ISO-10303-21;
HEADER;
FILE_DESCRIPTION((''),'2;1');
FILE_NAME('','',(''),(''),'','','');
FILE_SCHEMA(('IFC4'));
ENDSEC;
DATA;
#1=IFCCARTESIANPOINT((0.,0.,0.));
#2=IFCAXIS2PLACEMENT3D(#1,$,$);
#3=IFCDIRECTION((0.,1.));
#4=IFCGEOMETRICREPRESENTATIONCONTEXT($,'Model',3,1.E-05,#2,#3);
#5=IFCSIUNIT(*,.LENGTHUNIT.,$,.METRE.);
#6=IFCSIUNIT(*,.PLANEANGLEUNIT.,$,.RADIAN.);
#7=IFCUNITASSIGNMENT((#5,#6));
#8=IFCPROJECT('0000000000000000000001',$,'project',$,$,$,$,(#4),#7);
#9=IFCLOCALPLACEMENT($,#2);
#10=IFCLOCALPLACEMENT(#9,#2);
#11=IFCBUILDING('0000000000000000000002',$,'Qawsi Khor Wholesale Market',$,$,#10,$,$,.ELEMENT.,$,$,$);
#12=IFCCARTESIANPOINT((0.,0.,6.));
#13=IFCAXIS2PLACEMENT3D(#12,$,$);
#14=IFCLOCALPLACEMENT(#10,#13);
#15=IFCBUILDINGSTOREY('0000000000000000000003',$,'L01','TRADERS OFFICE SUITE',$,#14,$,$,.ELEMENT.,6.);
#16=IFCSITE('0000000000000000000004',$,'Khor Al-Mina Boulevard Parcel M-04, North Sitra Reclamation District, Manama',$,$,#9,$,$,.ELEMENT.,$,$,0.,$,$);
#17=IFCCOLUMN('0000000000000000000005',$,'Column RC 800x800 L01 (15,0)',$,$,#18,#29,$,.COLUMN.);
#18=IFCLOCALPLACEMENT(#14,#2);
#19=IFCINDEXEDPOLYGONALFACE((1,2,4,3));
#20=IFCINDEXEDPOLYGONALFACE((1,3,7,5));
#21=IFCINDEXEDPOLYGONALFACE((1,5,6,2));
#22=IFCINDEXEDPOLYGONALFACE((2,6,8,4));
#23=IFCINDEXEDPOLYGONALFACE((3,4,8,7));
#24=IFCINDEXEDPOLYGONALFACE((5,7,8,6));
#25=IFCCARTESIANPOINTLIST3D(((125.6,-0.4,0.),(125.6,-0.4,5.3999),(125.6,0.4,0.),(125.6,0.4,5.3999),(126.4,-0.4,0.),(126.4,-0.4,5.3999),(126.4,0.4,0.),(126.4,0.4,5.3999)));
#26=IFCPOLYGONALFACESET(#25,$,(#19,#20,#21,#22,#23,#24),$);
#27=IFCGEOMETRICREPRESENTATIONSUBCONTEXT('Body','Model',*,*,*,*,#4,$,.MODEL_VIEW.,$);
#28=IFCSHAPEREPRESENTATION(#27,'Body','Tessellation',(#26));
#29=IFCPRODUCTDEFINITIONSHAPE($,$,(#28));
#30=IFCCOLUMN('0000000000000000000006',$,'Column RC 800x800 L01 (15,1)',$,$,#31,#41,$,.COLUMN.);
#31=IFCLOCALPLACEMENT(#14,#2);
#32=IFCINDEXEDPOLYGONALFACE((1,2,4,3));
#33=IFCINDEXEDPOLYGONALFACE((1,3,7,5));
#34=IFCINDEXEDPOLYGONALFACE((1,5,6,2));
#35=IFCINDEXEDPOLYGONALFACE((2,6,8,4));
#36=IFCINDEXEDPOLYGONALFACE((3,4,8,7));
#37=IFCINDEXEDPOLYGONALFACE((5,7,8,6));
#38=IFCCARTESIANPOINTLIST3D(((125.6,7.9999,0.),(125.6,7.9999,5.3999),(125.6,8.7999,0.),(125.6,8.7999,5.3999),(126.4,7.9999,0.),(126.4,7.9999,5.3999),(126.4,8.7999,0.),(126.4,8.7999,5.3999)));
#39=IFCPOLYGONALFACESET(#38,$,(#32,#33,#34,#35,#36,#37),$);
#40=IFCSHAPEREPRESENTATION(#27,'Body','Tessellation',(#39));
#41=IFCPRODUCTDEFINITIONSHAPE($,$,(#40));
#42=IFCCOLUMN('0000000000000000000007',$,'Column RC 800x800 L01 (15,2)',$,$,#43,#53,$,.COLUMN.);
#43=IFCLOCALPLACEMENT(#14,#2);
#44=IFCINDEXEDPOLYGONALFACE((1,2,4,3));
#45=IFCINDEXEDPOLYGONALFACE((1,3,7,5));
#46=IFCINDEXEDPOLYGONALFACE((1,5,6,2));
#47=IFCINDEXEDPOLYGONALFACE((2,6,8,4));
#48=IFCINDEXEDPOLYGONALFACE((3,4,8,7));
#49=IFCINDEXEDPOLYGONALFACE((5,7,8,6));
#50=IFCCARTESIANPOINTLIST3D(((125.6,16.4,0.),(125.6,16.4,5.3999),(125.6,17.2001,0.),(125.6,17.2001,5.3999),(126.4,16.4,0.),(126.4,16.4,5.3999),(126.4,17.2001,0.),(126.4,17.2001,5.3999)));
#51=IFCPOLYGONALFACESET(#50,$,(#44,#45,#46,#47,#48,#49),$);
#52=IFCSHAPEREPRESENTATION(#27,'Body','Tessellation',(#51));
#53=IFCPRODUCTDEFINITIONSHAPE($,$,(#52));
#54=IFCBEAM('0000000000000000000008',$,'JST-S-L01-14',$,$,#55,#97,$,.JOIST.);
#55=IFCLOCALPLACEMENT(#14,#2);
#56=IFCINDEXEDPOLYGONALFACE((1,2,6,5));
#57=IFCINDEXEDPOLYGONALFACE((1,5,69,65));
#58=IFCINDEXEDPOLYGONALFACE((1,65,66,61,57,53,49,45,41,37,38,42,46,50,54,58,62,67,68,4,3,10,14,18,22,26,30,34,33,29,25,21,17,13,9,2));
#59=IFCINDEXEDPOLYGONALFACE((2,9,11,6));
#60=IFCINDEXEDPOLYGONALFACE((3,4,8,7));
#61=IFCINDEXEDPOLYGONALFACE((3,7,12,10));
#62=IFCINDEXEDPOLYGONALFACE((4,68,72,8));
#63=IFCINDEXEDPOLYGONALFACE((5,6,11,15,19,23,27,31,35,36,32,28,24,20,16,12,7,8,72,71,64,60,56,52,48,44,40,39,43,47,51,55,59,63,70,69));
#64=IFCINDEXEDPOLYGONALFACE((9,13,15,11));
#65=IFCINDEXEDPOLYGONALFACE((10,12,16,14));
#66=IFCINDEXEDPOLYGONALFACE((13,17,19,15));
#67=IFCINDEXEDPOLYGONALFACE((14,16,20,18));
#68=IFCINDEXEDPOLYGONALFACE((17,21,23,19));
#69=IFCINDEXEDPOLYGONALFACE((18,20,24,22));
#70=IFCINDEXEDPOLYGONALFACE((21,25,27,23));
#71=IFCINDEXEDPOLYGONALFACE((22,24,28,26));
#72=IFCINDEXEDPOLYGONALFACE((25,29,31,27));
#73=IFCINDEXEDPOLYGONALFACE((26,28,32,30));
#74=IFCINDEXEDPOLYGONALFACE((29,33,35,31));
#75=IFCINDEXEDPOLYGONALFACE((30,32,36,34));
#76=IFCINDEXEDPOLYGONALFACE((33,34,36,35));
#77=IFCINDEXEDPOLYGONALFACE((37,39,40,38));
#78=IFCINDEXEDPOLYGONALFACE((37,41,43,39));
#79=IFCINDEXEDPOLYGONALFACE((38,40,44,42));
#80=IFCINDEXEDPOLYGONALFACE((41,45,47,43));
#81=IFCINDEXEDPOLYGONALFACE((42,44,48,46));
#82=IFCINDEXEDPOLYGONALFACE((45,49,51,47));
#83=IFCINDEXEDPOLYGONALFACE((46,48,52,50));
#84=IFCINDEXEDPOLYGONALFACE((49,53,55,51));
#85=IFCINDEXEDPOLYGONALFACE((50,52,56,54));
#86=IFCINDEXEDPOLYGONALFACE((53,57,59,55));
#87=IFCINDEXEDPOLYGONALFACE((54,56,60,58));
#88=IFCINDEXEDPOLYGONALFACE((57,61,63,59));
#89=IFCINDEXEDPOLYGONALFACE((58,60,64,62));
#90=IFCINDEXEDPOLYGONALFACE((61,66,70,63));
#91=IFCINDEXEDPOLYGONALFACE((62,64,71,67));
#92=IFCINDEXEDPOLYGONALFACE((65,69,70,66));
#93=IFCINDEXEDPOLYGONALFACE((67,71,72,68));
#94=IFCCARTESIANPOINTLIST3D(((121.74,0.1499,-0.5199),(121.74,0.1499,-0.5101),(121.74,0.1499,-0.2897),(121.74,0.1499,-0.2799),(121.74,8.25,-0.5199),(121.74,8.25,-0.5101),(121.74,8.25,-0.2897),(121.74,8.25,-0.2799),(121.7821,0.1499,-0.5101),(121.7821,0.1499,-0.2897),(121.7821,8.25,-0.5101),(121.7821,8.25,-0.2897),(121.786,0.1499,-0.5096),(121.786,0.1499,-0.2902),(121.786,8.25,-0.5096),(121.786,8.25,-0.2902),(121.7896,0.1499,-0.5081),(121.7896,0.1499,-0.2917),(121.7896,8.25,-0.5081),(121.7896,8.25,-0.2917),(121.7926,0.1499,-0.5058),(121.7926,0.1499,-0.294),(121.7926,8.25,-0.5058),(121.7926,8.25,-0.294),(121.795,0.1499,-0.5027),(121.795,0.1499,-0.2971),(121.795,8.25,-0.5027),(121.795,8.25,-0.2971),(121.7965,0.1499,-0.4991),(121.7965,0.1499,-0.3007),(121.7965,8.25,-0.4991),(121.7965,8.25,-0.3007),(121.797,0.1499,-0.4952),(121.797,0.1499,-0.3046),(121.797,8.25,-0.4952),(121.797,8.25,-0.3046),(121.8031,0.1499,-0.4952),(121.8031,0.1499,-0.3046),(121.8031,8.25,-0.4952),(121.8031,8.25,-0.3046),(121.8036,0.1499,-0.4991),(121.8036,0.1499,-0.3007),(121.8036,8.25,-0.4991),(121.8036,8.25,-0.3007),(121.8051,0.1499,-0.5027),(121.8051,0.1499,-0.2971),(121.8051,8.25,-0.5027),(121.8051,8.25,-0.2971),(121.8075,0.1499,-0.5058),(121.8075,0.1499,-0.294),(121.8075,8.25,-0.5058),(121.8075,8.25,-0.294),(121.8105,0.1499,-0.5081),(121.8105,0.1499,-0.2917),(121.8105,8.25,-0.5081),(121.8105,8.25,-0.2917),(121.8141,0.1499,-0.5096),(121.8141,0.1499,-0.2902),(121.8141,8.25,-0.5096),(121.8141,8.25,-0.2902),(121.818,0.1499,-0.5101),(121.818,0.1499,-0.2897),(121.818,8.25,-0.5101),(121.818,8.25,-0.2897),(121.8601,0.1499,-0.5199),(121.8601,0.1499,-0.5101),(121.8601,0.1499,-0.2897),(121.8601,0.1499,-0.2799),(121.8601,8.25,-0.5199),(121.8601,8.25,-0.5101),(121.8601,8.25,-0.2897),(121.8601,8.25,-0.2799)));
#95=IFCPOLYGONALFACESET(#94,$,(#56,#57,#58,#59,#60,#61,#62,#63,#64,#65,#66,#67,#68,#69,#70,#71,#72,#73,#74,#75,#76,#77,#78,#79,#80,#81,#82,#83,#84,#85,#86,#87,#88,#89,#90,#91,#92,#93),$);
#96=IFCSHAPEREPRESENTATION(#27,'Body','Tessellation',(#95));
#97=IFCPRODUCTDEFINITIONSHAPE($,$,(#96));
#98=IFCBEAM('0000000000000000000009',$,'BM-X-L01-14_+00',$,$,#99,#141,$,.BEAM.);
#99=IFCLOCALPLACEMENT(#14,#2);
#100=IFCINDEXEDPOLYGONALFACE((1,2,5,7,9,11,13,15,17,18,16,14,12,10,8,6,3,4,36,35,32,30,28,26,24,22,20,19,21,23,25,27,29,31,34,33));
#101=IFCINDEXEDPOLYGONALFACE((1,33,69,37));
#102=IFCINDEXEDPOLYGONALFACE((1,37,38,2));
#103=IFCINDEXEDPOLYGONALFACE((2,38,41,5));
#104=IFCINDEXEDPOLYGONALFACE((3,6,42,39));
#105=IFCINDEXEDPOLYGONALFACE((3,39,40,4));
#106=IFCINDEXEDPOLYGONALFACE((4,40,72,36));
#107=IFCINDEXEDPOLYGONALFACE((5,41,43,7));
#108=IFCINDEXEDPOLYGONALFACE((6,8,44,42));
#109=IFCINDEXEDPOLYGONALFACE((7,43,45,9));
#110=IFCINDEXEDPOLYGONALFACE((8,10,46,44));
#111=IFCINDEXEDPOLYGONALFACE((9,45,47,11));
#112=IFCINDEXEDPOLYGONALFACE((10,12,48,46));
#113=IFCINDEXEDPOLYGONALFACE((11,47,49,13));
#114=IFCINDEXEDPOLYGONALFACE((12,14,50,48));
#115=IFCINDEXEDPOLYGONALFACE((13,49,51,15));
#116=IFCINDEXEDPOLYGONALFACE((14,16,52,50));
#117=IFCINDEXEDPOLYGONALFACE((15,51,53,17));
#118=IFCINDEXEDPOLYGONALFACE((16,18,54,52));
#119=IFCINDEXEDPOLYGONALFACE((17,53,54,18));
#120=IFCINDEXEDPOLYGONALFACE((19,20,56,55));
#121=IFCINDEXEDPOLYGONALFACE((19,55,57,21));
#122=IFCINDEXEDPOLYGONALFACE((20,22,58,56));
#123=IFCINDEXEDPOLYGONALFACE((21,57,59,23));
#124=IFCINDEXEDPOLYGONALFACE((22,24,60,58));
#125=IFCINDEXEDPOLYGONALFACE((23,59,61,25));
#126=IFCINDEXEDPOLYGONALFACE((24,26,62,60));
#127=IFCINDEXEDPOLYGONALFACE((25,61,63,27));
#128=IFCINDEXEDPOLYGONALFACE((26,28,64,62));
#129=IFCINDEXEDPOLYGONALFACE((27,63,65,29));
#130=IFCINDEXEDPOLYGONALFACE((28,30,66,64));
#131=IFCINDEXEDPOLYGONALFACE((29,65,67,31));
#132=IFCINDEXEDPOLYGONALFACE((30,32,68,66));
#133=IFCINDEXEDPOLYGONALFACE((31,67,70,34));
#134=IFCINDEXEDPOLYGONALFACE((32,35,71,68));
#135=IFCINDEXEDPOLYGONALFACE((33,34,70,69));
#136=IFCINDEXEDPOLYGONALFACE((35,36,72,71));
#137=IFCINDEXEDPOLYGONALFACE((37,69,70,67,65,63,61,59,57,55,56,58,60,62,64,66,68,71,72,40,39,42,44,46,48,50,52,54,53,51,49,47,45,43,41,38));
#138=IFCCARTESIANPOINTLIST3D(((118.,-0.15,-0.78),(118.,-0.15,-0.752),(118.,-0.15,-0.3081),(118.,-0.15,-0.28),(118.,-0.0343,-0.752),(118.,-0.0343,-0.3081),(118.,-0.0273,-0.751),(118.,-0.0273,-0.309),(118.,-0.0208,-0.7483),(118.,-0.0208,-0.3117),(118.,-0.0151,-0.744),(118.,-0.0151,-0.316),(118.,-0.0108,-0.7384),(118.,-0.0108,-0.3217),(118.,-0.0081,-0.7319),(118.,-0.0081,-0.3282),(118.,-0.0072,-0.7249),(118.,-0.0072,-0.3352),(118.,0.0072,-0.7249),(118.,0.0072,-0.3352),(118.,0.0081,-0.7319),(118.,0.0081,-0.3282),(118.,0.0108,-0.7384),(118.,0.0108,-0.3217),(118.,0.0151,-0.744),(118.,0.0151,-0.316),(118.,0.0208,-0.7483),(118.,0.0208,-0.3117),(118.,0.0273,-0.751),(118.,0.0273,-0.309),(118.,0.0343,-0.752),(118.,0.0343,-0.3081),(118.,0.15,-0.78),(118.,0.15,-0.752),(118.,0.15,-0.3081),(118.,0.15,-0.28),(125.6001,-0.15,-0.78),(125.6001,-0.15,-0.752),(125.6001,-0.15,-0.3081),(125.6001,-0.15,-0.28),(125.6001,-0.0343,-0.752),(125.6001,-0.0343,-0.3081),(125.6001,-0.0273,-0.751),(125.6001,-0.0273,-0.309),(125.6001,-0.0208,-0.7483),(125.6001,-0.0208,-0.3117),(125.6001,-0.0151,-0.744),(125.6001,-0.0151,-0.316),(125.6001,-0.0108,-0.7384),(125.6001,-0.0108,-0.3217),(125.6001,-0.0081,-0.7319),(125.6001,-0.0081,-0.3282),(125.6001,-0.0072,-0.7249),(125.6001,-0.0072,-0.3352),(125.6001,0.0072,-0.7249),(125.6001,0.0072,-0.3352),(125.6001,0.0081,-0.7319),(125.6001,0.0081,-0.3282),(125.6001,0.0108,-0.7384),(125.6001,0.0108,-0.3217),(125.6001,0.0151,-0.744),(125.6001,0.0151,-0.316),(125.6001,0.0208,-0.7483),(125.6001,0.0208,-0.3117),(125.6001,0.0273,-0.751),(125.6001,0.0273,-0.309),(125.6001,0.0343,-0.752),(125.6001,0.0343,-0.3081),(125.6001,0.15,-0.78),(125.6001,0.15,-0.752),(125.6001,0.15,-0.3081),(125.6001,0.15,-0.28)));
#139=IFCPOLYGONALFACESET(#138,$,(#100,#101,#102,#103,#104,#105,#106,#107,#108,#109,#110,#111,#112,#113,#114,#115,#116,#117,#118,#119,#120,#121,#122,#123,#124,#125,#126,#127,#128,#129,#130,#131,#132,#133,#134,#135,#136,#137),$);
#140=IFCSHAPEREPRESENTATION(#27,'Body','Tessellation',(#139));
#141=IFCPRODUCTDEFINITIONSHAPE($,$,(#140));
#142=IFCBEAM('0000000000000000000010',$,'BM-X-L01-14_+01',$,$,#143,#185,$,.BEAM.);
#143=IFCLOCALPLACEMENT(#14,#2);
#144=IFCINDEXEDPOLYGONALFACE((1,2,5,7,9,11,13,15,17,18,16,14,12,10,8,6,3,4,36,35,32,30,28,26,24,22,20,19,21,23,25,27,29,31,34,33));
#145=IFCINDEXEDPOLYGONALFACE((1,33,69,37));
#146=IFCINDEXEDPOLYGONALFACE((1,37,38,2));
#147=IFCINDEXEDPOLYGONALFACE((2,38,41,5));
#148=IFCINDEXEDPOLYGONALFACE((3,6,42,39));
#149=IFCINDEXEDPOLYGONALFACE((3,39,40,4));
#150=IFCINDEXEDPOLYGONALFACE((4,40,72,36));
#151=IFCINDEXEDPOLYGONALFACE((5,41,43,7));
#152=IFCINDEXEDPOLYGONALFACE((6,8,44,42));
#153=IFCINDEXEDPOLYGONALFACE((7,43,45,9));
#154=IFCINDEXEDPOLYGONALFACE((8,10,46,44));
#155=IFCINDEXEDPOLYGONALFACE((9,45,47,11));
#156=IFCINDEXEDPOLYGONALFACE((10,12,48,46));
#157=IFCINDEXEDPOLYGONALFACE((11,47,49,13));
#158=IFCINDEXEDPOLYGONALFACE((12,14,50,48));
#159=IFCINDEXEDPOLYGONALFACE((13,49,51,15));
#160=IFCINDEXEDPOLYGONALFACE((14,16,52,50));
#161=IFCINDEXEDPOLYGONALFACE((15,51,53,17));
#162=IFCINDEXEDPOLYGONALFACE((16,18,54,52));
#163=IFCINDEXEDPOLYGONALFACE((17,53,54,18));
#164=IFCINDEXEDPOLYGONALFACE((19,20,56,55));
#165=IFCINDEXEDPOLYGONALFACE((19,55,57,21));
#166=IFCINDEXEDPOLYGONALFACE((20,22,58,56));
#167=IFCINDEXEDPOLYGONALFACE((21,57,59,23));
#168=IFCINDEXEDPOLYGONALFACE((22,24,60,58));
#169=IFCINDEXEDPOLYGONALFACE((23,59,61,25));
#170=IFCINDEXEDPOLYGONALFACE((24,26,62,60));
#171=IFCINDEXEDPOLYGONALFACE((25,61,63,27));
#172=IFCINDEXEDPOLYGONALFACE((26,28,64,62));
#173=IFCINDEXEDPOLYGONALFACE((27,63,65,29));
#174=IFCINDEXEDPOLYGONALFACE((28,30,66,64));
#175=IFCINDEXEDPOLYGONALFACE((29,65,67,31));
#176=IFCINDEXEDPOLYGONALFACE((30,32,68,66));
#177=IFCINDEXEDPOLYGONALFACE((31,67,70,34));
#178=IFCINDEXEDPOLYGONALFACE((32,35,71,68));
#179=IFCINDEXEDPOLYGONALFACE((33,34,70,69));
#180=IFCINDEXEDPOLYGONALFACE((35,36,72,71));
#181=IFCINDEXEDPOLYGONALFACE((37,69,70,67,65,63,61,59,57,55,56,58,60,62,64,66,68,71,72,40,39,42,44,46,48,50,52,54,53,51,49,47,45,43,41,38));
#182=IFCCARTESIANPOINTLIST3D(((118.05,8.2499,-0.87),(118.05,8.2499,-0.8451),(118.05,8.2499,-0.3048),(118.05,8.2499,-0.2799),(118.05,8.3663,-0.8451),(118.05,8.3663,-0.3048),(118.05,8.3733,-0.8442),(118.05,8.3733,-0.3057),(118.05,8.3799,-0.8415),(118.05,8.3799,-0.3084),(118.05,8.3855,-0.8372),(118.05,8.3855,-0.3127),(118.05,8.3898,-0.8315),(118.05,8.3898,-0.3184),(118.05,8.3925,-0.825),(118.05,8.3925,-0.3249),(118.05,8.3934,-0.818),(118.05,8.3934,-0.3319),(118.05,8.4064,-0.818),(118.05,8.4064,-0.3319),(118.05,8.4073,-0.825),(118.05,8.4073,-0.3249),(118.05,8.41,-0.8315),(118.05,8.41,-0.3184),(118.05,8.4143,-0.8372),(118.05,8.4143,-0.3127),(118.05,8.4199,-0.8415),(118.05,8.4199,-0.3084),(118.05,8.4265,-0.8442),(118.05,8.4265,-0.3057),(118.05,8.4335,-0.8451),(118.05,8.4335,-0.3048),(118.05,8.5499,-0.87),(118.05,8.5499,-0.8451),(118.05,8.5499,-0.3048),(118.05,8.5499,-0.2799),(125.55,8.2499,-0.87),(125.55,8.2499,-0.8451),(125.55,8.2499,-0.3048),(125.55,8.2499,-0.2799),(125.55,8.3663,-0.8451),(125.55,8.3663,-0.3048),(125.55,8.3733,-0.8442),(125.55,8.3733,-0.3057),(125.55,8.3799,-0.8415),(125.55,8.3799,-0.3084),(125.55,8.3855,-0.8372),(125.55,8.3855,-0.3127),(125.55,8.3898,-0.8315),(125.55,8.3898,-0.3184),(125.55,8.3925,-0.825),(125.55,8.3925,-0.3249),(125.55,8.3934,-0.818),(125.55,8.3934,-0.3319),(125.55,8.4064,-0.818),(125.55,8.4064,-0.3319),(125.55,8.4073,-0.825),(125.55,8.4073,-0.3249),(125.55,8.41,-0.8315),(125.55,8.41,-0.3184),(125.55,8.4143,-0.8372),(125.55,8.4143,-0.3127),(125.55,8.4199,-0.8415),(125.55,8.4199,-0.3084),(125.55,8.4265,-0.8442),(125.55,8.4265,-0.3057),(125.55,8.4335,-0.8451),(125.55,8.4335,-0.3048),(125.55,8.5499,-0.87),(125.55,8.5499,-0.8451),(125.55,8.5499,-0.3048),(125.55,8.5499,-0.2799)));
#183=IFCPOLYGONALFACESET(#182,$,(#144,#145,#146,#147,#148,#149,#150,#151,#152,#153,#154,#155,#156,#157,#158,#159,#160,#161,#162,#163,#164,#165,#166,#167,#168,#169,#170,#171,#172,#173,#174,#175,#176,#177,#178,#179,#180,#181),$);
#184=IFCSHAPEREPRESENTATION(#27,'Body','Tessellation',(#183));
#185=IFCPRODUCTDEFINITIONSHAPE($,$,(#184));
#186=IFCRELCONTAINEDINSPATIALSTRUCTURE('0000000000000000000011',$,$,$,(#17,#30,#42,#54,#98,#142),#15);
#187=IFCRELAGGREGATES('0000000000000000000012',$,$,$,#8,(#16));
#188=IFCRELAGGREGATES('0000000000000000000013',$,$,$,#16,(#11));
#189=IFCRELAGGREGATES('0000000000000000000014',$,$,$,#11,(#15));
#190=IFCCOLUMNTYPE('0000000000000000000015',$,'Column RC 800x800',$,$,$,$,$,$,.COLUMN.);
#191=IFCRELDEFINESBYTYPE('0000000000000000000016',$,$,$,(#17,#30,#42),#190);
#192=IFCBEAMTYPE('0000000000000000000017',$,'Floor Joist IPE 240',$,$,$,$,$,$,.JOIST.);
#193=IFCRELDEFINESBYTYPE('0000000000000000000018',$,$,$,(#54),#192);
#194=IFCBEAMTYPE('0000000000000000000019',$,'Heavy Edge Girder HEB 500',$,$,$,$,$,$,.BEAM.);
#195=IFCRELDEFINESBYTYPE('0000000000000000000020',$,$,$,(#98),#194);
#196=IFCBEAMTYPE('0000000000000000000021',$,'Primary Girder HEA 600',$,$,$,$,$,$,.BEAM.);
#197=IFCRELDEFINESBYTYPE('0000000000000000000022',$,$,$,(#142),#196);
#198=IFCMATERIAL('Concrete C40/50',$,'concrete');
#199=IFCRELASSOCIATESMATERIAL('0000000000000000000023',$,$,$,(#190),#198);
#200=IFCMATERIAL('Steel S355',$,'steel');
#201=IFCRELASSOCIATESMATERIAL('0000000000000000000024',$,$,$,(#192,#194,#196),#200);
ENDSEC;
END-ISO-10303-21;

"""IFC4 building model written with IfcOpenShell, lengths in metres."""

from ifc_helpers import new_model, si_unit, direction, frame, origin, origin_2d, place, context, subcontext, project, spatial, rectangle, i_section, extrude, material, material_profile, profile_set, type_object, element, save


model = new_model("IFC4")

# Units and contexts
model_context = context("Model", 3, precision=1e-05, world=origin(), true_north=direction((0.0, 1.0)))
body_context = subcontext(model_context, "Body", "Model", "MODEL_VIEW")
ifc_project = project(units=[si_unit("LENGTHUNIT", "METRE"), si_unit("PLANEANGLEUNIT", "RADIAN")], contexts=[model_context])

# Site, building, storey
site_placement = place(None, origin())
site = spatial("IfcSite", under=ifc_project, at=site_placement, Name="Khor Al-Mina Boulevard Parcel M-04, North Sitra Reclamation District, Manama", CompositionType="ELEMENT", RefElevation=0.0)
building_placement = place(site_placement, origin())
building = spatial("IfcBuilding", under=site, at=building_placement, Name="Qawsi Khor Wholesale Market", CompositionType="ELEMENT")
storey_placement = place(building_placement, frame((0.0, 0.0, 6.0)))
storey = spatial("IfcBuildingStorey", under=building, at=storey_placement, Name="L01", Description="TRADERS OFFICE SUITE", CompositionType="ELEMENT", Elevation=6.0)

# Columns
ifc_material_1 = material(Name="Concrete C40/50", Category="concrete")
ifc_material_profile_1 = material_profile(ifc_material_1, rectangle(XDim=0.8, YDim=0.8, at=origin_2d()), Name="RC 800x800")
ifc_profile_set_1 = profile_set([ifc_material_profile_1], Name="Concrete C40/50")
column_type = type_object("IfcColumnType", Name="Column RC 800x800", PredefinedType="COLUMN", material=ifc_profile_set_1)
for number, where, z_axis, x_axis, name in (
    (1, (126.0, 0.0, 0.0), (0.0, 0.0, 1.0), (1.0, 0.0, 0.0), "Column RC 800x800 L01 (15,0)"),
    (2, (126.0, 8.3999, 0.0), (0.0, 0.0, 1.0), (1.0, 0.0, 0.0), "Column RC 800x800 L01 (15,1)"),
    (3, (126.0, 16.8, 0.0), (0.0, 0.0, 1.0), (1.0, 0.0, 0.0), "Column RC 800x800 L01 (15,2)"),
):
    element("IfcColumn", number, at=place(storey_placement, frame(where, z_axis=z_axis, x_axis=x_axis)), inside=storey, type_object=column_type, Name=name, PredefinedType="COLUMN", context=body_context, shape_type="SweptSolid", body=[
        extrude(rectangle(XDim=0.8, YDim=0.8, at=origin_2d()), origin(), (0.0, 0.0, 1.0), 5.3999),
    ])

# Beams
ifc_material_2 = material(Name="Steel S355", Category="steel")
ifc_material_profile_2 = material_profile(ifc_material_2, i_section(OverallWidth=0.1201, OverallDepth=0.24, WebThickness=0.0061, FlangeThickness=0.0098, FilletRadius=0.0149, at=origin_2d()), Name="IPE 240")
ifc_profile_set_2 = profile_set([ifc_material_profile_2], Name="Steel S355")
beam_type_1 = type_object("IfcBeamType", Name="Floor Joist IPE 240", PredefinedType="JOIST", material=ifc_profile_set_2)
beam_1_placement = place(storey_placement, frame((121.8, 0.1499, -0.3999), z_axis=(0.0, 1.0, 0.0), x_axis=(-1.0, 0.0, 0.0)))
element("IfcBeam", 4, at=beam_1_placement, inside=storey, type_object=beam_type_1, Name="JST-S-L01-14", PredefinedType="JOIST", context=body_context, shape_type="SweptSolid", body=[
    extrude(i_section(OverallWidth=0.1201, OverallDepth=0.24, WebThickness=0.0061, FlangeThickness=0.0098, FilletRadius=0.0149, at=origin_2d()), origin(), (0.0, 0.0, 1.0), 8.1001),
])
ifc_material_profile_3 = material_profile(ifc_material_2, i_section(OverallWidth=0.3, OverallDepth=0.5, WebThickness=0.0144, FlangeThickness=0.0281, FilletRadius=0.0271, at=origin_2d()), Name="HEB 500")
ifc_profile_set_3 = profile_set([ifc_material_profile_3], Name="Steel S355")
beam_type_2 = type_object("IfcBeamType", Name="Heavy Edge Girder HEB 500", PredefinedType="BEAM", material=ifc_profile_set_3)
beam_2_placement = place(storey_placement, frame((118.0, 0.0, -0.53), z_axis=(1.0, 0.0, 0.0), x_axis=(0.0, 1.0, 0.0)))
element("IfcBeam", 5, at=beam_2_placement, inside=storey, type_object=beam_type_2, Name="BM-X-L01-14_+00", PredefinedType="BEAM", context=body_context, shape_type="SweptSolid", body=[
    extrude(i_section(OverallWidth=0.3, OverallDepth=0.5, WebThickness=0.0144, FlangeThickness=0.0281, FilletRadius=0.0271, at=origin_2d()), origin(), (0.0, 0.0, 1.0), 7.6001),
])
ifc_material_profile_4 = material_profile(ifc_material_2, i_section(OverallWidth=0.3, OverallDepth=0.5901, WebThickness=0.0129, FlangeThickness=0.0249, FilletRadius=0.0271, at=origin_2d()), Name="HEA 600")
ifc_profile_set_4 = profile_set([ifc_material_profile_4], Name="Steel S355")
beam_type_3 = type_object("IfcBeamType", Name="Primary Girder HEA 600", PredefinedType="BEAM", material=ifc_profile_set_4)
beam_3_placement = place(storey_placement, frame((118.05, 8.3999, -0.575), z_axis=(1.0, 0.0, 0.0), x_axis=(0.0, 1.0, 0.0)))
element("IfcBeam", 6, at=beam_3_placement, inside=storey, type_object=beam_type_3, Name="BM-X-L01-14_+01", PredefinedType="BEAM", context=body_context, shape_type="SweptSolid", body=[
    extrude(i_section(OverallWidth=0.3, OverallDepth=0.5901, WebThickness=0.0129, FlangeThickness=0.0249, FilletRadius=0.0271, at=origin_2d()), origin(), (0.0, 0.0, 1.0), 7.5),
])

save(model, "model.ifc")
